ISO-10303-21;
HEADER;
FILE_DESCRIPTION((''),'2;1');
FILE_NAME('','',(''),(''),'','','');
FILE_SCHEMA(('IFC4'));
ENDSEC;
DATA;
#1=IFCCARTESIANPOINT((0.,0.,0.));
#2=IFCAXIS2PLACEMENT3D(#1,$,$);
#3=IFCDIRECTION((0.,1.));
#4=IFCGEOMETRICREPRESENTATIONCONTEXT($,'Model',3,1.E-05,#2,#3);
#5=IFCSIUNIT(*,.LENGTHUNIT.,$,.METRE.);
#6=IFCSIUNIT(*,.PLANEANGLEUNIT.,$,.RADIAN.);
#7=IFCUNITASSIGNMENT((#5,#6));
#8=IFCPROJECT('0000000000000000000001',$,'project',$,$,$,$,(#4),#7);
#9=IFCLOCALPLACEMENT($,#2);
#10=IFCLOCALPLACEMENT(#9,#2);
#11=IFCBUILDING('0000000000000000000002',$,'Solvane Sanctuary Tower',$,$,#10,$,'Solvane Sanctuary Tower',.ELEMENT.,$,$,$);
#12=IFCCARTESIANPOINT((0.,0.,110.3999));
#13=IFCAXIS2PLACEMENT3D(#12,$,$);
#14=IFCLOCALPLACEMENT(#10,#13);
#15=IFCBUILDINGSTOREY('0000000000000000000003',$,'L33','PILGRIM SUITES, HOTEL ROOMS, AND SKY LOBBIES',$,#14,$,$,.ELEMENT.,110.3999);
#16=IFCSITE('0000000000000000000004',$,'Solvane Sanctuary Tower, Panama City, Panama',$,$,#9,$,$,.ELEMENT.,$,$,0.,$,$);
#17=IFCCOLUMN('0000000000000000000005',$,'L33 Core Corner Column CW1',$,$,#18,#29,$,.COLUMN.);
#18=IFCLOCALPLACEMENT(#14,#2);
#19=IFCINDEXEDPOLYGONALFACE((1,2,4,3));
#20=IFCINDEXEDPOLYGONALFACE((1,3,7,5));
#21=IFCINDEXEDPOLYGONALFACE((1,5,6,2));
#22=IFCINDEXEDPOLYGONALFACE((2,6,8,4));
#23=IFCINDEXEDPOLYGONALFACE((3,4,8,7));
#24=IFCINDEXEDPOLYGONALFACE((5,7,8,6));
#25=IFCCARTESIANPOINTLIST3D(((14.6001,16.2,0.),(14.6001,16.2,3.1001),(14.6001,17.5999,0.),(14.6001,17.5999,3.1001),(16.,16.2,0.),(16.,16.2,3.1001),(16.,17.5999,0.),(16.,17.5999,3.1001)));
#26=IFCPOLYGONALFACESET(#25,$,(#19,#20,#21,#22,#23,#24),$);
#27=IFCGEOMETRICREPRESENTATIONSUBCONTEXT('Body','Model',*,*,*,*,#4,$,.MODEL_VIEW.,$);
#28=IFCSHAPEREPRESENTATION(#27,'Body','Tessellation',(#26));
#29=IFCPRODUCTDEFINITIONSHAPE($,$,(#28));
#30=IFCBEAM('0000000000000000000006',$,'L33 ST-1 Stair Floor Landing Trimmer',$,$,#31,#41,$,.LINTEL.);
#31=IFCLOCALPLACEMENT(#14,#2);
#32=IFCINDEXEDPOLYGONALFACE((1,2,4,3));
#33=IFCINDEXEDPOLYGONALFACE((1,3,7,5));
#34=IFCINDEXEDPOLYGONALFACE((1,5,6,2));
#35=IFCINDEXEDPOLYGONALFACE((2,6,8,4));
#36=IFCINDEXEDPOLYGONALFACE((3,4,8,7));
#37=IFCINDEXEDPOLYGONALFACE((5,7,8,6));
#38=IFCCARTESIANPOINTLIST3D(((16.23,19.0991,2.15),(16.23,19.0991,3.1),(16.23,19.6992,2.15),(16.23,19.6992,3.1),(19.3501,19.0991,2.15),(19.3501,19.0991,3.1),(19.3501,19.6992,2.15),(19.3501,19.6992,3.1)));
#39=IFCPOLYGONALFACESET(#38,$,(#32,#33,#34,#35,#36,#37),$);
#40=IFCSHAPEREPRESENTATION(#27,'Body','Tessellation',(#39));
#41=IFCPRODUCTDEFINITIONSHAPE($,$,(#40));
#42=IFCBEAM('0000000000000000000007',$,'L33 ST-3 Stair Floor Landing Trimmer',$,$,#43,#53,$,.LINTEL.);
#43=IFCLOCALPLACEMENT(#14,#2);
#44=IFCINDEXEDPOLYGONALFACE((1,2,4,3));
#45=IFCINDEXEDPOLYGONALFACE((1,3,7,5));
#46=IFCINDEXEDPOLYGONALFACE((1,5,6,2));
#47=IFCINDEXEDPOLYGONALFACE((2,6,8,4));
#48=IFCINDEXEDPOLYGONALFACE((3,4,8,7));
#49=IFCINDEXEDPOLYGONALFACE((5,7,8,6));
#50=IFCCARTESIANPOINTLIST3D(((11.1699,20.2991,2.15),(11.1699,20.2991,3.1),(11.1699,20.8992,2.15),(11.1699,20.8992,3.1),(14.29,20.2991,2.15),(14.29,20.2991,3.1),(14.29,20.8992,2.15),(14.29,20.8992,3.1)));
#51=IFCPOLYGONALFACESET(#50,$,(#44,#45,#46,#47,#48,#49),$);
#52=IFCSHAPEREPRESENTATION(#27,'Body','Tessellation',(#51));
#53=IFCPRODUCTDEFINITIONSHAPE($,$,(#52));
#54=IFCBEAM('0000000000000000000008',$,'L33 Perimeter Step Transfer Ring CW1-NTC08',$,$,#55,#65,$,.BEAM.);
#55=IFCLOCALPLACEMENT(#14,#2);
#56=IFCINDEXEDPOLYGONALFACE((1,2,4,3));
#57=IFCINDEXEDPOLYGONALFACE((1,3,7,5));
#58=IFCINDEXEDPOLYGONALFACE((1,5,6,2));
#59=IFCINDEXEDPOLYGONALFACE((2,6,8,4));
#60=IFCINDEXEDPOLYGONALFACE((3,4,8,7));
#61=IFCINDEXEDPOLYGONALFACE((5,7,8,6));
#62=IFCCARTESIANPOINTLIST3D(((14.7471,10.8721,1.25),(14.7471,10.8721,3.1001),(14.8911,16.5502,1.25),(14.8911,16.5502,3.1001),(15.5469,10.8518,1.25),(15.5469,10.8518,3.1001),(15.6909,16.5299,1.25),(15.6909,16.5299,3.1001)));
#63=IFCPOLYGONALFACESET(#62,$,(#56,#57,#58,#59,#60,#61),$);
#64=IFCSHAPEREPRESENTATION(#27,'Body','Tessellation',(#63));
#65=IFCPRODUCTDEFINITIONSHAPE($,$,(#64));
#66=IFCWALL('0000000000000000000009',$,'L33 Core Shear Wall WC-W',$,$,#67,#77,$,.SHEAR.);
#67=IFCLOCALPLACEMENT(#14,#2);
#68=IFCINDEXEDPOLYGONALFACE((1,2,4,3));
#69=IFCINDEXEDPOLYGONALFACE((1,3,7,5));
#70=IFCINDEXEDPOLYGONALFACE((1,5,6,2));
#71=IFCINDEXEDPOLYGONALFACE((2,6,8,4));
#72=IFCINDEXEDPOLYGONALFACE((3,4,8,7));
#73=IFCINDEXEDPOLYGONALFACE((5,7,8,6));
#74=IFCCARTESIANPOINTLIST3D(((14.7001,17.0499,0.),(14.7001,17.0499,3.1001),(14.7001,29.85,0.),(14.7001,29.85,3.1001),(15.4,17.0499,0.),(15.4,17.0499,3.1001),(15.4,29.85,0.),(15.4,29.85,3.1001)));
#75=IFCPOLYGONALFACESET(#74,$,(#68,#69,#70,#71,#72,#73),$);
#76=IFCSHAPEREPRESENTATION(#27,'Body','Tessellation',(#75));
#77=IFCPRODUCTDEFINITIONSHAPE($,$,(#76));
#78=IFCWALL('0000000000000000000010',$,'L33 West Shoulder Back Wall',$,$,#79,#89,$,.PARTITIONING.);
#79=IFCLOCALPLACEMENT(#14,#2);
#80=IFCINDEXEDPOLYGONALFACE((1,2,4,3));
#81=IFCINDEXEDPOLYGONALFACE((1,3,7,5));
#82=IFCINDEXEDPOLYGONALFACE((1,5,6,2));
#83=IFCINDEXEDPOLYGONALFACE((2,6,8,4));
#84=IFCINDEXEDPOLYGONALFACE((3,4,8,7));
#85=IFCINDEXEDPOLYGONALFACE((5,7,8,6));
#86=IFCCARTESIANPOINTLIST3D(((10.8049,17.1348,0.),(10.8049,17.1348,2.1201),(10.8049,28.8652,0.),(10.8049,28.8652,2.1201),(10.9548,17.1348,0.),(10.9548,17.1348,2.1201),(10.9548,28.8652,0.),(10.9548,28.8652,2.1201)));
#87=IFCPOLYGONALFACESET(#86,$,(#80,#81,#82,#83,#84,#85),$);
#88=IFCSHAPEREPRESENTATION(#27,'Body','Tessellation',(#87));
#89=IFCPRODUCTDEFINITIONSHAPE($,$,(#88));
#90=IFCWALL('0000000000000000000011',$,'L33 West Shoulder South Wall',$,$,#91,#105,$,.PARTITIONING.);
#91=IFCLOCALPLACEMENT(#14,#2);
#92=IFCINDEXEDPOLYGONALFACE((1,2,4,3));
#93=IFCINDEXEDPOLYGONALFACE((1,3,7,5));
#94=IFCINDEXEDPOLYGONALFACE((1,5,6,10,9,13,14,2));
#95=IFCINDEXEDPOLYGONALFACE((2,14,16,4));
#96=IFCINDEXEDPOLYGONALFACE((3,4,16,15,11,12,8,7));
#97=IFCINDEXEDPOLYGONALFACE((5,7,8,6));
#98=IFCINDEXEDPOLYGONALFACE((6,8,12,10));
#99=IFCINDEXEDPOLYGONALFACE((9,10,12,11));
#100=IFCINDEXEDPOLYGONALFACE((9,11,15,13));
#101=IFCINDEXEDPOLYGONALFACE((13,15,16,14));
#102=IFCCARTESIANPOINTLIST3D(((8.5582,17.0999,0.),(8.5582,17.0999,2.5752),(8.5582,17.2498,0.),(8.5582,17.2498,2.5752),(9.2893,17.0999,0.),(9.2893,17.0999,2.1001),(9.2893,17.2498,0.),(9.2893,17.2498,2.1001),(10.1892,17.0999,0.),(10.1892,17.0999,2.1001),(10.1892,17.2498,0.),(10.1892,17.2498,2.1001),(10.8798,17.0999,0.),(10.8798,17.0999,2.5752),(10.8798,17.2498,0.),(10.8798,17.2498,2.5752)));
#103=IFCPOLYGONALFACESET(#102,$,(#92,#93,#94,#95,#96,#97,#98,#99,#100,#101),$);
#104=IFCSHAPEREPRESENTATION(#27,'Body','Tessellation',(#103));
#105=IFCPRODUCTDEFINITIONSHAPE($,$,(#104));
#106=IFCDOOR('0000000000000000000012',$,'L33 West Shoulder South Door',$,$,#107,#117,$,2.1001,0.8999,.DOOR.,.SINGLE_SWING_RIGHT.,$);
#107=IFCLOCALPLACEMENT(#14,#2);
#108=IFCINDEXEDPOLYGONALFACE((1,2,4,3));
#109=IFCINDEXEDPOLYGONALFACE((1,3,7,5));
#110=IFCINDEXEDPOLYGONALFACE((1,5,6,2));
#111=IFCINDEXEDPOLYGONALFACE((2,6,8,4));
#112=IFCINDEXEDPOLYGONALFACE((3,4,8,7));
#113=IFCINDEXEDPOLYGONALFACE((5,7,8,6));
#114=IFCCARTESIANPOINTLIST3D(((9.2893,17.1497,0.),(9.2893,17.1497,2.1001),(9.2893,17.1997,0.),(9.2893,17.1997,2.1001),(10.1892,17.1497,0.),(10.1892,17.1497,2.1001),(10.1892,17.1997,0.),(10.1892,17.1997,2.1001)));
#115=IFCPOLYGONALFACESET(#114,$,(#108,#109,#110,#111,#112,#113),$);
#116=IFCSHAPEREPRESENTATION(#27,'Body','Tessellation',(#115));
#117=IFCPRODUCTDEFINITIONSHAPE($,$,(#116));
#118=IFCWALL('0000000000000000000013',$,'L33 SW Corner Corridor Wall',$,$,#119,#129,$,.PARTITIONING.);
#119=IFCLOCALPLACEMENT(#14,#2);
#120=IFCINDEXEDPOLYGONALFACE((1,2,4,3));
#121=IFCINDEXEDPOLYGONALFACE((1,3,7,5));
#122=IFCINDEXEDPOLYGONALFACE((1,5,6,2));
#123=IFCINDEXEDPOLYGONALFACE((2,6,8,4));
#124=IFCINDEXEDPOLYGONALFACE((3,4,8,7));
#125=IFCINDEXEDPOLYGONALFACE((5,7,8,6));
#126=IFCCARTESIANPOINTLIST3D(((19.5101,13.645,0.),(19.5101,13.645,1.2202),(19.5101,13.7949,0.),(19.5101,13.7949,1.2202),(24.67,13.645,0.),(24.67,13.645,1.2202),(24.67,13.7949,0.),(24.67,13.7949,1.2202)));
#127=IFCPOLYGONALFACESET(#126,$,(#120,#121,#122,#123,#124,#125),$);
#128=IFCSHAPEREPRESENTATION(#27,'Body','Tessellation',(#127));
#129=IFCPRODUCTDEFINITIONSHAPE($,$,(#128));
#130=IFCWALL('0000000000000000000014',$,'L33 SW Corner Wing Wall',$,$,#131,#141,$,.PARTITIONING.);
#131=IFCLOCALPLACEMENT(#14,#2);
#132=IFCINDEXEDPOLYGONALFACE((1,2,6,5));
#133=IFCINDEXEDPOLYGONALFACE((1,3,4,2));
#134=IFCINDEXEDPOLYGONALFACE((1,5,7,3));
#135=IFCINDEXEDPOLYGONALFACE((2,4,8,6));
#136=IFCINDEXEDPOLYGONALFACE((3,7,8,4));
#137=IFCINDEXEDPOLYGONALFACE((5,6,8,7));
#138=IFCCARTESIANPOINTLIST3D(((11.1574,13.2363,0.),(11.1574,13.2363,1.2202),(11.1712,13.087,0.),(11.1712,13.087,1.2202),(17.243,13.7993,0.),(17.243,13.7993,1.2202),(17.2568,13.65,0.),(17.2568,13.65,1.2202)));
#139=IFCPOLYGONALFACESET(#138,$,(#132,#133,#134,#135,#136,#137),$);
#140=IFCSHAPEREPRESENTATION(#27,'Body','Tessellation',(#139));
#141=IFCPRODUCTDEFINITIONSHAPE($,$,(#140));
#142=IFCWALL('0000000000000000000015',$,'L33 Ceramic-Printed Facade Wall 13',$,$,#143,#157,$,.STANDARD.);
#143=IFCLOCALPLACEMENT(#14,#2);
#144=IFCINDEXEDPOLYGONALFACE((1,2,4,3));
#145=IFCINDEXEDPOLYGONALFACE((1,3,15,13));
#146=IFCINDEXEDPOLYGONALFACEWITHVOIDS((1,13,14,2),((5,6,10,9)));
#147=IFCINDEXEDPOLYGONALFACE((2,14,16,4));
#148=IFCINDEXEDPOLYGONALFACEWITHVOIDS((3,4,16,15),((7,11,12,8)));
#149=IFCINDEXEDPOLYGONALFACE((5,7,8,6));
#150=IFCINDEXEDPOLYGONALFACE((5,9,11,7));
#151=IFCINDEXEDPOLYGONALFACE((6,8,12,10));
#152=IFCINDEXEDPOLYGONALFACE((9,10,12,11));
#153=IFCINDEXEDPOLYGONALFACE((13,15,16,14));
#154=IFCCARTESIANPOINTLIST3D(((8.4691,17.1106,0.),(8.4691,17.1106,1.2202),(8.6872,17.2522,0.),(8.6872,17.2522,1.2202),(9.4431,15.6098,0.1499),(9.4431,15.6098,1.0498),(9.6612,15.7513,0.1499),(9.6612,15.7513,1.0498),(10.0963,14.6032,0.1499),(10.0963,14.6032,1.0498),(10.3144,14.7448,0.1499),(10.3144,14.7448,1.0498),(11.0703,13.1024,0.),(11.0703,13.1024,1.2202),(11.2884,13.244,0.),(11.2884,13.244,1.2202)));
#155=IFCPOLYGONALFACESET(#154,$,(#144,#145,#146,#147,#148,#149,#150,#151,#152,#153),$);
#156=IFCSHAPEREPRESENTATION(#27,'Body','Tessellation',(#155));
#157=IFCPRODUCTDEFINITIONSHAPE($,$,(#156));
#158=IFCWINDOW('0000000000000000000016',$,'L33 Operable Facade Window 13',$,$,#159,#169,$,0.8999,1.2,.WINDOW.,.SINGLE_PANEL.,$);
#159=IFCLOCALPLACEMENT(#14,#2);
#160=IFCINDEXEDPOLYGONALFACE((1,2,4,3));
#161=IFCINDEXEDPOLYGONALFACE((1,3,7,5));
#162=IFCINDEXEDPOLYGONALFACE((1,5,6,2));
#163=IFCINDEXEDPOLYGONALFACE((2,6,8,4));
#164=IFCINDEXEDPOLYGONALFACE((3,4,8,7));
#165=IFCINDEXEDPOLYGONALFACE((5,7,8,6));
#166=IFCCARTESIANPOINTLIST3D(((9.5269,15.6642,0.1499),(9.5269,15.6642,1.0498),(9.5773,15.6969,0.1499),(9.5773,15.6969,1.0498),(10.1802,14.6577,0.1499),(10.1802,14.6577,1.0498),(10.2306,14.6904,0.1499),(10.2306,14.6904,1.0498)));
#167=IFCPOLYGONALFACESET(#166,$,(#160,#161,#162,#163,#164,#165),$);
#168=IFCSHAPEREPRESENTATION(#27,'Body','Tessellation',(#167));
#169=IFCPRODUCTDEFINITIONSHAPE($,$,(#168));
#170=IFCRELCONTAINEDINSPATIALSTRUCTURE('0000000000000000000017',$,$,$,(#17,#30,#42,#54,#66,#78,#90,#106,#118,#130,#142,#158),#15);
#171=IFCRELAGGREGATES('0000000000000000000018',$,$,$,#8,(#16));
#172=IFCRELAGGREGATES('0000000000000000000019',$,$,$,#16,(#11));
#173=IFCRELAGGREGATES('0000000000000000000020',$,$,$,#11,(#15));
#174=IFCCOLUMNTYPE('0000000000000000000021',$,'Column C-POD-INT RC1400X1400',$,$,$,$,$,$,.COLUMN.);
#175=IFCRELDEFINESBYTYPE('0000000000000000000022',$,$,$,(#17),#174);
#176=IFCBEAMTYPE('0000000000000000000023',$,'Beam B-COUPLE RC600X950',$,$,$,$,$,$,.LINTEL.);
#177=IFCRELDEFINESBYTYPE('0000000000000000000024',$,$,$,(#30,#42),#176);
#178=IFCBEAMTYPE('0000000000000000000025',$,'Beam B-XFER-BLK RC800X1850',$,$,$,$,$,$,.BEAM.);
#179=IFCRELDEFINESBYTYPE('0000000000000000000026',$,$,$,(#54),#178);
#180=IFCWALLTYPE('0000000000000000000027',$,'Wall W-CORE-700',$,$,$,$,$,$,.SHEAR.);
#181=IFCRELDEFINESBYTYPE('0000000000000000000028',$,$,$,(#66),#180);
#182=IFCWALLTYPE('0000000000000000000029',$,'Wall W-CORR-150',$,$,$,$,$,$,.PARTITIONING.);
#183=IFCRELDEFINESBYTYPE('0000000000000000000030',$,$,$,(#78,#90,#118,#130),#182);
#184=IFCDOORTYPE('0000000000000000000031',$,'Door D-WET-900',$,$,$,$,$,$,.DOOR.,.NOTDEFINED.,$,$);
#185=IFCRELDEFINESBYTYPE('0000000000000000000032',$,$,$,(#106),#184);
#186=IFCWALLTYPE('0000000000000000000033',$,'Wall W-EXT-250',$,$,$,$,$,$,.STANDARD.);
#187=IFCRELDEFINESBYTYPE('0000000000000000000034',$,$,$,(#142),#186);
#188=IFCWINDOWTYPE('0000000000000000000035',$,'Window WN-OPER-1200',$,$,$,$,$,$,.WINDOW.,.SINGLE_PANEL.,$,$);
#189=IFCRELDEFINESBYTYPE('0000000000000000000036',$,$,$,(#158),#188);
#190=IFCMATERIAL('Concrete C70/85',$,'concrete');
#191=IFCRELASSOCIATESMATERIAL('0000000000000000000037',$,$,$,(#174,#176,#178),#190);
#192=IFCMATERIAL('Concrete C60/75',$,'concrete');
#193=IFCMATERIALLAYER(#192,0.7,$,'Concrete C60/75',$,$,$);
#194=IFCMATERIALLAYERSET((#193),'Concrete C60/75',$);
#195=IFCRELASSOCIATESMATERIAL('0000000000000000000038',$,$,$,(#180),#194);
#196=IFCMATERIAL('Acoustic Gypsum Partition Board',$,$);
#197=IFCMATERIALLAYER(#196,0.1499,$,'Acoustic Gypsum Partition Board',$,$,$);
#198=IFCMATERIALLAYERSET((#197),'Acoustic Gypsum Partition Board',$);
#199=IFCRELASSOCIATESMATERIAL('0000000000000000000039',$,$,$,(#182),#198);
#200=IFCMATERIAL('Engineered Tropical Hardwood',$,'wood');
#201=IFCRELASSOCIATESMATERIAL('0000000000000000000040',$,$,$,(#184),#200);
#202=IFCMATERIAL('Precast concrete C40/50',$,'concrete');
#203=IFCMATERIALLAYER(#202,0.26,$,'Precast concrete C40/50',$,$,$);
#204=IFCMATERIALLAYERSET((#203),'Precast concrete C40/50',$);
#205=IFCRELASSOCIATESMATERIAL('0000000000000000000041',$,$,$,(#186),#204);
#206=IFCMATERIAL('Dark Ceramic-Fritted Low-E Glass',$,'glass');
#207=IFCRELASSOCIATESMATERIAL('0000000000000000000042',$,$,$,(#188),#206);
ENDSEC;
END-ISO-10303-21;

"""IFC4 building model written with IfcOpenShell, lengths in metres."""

from ifc_helpers import new_model, si_unit, direction, frame, frame_2d, origin, origin_2d, place, context, subcontext, project, spatial, rectangle, extrude, material, layer, layer_set, material_profile, profile_set, type_object, element, fill, save


model = new_model("IFC4")

# Units and contexts
model_context = context("Model", 3, precision=1e-05, world=origin(), true_north=direction((0.0, 1.0)))
body_context = subcontext(model_context, "Body", "Model", "MODEL_VIEW")
ifc_project = project(units=[si_unit("LENGTHUNIT", "METRE"), si_unit("PLANEANGLEUNIT", "RADIAN")], contexts=[model_context])

# Site, building, storey
site_placement = place(None, origin())
site = spatial("IfcSite", under=ifc_project, at=site_placement, Name="Solvane Sanctuary Tower, Panama City, Panama", CompositionType="ELEMENT", RefElevation=0.0)
building_placement = place(site_placement, origin())
building = spatial("IfcBuilding", under=site, at=building_placement, Name="Solvane Sanctuary Tower", LongName="Solvane Sanctuary Tower", CompositionType="ELEMENT")
storey_placement = place(building_placement, frame((0.0, 0.0, 110.3999)))
storey = spatial("IfcBuildingStorey", under=building, at=storey_placement, Name="L33", Description="PILGRIM SUITES, HOTEL ROOMS, AND SKY LOBBIES", CompositionType="ELEMENT", Elevation=110.3999)

# Column
ifc_material_1 = material(Name="Concrete C70/85", Category="concrete")
ifc_material_profile_1 = material_profile(ifc_material_1, rectangle(XDim=1.3999, YDim=1.3999, at=origin_2d()), Name="RC1400X1400")
ifc_profile_set_1 = profile_set([ifc_material_profile_1], Name="Concrete C70/85")
column_type = type_object("IfcColumnType", Name="Column C-POD-INT RC1400X1400", PredefinedType="COLUMN", material=ifc_profile_set_1)
column_placement = place(storey_placement, frame((15.3, 16.8999, 0.0), z_axis=(0.0, 0.0, 1.0), x_axis=(1.0, 0.0, 0.0)))
element("IfcColumn", 1, at=column_placement, inside=storey, type_object=column_type, Name="L33 Core Corner Column CW1", PredefinedType="COLUMN", context=body_context, shape_type="SweptSolid", body=[
    extrude(rectangle(XDim=1.3999, YDim=1.3999, at=origin_2d()), origin(), (0.0, 0.0, 1.0), 3.1001),
])

# Beams
ifc_material_profile_2 = material_profile(ifc_material_1, rectangle(XDim=0.6001, YDim=0.95, at=origin_2d()), Name="RC600X950")
ifc_profile_set_2 = profile_set([ifc_material_profile_2], Name="Concrete C70/85")
beam_type_1 = type_object("IfcBeamType", Name="Beam B-COUPLE RC600X950", PredefinedType="LINTEL", material=ifc_profile_set_2)
for number, where, z_axis, x_axis, name in (
    (2, (16.23, 19.3992, 2.625), (1.0, 0.0, 0.0), (0.0, 1.0, 0.0), "L33 ST-1 Stair Floor Landing Trimmer"),
    (3, (11.1699, 20.5991, 2.625), (1.0, 0.0, 0.0), (0.0, 1.0, 0.0), "L33 ST-3 Stair Floor Landing Trimmer"),
):
    element("IfcBeam", number, at=place(storey_placement, frame(where, z_axis=z_axis, x_axis=x_axis)), inside=storey, type_object=beam_type_1, Name=name, PredefinedType="LINTEL", context=body_context, shape_type="SweptSolid", body=[
        extrude(rectangle(XDim=0.6001, YDim=0.95, at=origin_2d()), origin(), (0.0, 0.0, 1.0), 3.1201),
    ])
ifc_material_profile_3 = material_profile(ifc_material_1, rectangle(XDim=0.8, YDim=1.8501, at=origin_2d()), Name="RC800X1850")
ifc_profile_set_3 = profile_set([ifc_material_profile_3], Name="Concrete C70/85")
beam_type_2 = type_object("IfcBeamType", Name="Beam B-XFER-BLK RC800X1850", PredefinedType="BEAM", material=ifc_profile_set_3)
beam_placement = place(storey_placement, frame((15.291, 16.54, 2.175), z_axis=(-0.025359, -0.999678, 0.0), x_axis=(0.999678, -0.025359, 0.0)))
element("IfcBeam", 4, at=beam_placement, inside=storey, type_object=beam_type_2, Name="L33 Perimeter Step Transfer Ring CW1-NTC08", PredefinedType="BEAM", context=body_context, shape_type="SweptSolid", body=[
    extrude(rectangle(XDim=0.8, YDim=1.8501, at=origin_2d()), origin(), (0.0, 0.0, 1.0), 5.6799),
])

# Walls
ifc_material_2 = material(Name="Concrete C60/75", Category="concrete")
ifc_layer_1 = layer(ifc_material_2, 0.7, Name="Concrete C60/75")
ifc_layer_set_1 = layer_set([ifc_layer_1], Name="Concrete C60/75")
wall_type_1 = type_object("IfcWallType", Name="Wall W-CORE-700", PredefinedType="SHEAR", material=ifc_layer_set_1)
wall_1_placement = place(storey_placement, frame((15.05, 17.05, 0.0), z_axis=(0.0, 0.0, 1.0), x_axis=(0.0, 1.0, 0.0)))
element("IfcWall", 5, at=wall_1_placement, inside=storey, type_object=wall_type_1, Name="L33 Core Shear Wall WC-W", PredefinedType="SHEAR", context=body_context, shape_type="SweptSolid", body=[
    extrude(rectangle(XDim=12.8, YDim=0.7, at=frame_2d((6.3999, 0.0))), origin(), (0.0, 0.0, 1.0), 3.1001),
])
ifc_material_3 = material(Name="Acoustic Gypsum Partition Board")
ifc_layer_2 = layer(ifc_material_3, 0.1499, Name="Acoustic Gypsum Partition Board")
ifc_layer_set_2 = layer_set([ifc_layer_2], Name="Acoustic Gypsum Partition Board")
wall_type_2 = type_object("IfcWallType", Name="Wall W-CORR-150", PredefinedType="PARTITIONING", material=ifc_layer_set_2)
wall_2_placement = place(storey_placement, frame((10.8799, 17.1348, 0.0), z_axis=(0.0, 0.0, 1.0), x_axis=(0.0, 1.0, 0.0)))
element("IfcWall", 6, at=wall_2_placement, inside=storey, type_object=wall_type_2, Name="L33 West Shoulder Back Wall", PredefinedType="PARTITIONING", context=body_context, shape_type="SweptSolid", body=[
    extrude(rectangle(XDim=11.7305, YDim=0.1499, at=frame_2d((5.8652, 0.0))), origin(), (0.0, 0.0, 1.0), 2.1201),
])

# Wall, opening, door
wall_3_placement = place(storey_placement, frame((8.5583, 17.1748, 0.0), z_axis=(0.0, 0.0, 1.0), x_axis=(1.0, 0.0, 0.0)))
wall_3 = element("IfcWall", 7, at=wall_3_placement, inside=storey, type_object=wall_type_2, Name="L33 West Shoulder South Wall", PredefinedType="PARTITIONING", context=body_context, shape_type="SweptSolid", body=[
    extrude(rectangle(XDim=2.3215, YDim=0.1499, at=frame_2d((1.1606, 0.0))), origin(), (0.0, 0.0, 1.0), 2.5752),
])
opening_1_placement = place(wall_3_placement, frame((0.731, 0.0, 0.0)))
opening_1 = element("IfcOpeningElement", 8, at=opening_1_placement, cuts=wall_3, PredefinedType="OPENING", context=body_context, shape_type="SweptSolid", body=[
    extrude(rectangle(XDim=0.8999, YDim=2.1001, at=frame_2d((0.45, 1.05))), frame((0.0, 0.085, 0.0), z_axis=(0.0, -1.0, 0.0), x_axis=(1.0, 0.0, 0.0)), (0.0, 0.0, 1.0), 0.1699),
])
ifc_material_4 = material(Name="Engineered Tropical Hardwood", Category="wood")
door_type_1 = type_object("IfcDoorType", Name="Door D-WET-900", OperationType="NOTDEFINED", PredefinedType="DOOR", material=ifc_material_4)
door_1_placement = place(opening_1_placement, origin())
door_1 = element("IfcDoor", 9, at=door_1_placement, inside=storey, type_object=door_type_1, Name="L33 West Shoulder South Door", OperationType="SINGLE_SWING_RIGHT", OverallHeight=2.1001, OverallWidth=0.8999, PredefinedType="DOOR", context=body_context, shape_type="SweptSolid", body=[
    extrude(rectangle(XDim=0.8999, YDim=2.1001, at=frame_2d((0.45, 1.05))), frame((0.0, 0.0249, 0.0), z_axis=(0.0, -1.0, 0.0), x_axis=(1.0, 0.0, 0.0)), (0.0, 0.0, 1.0), 0.05),
])
fill(opening_1, door_1)

# Walls
wall_4_placement = place(storey_placement, frame((19.51, 13.72, 0.0), z_axis=(0.0, 0.0, 1.0), x_axis=(1.0, 0.0, 0.0)))
element("IfcWall", 10, at=wall_4_placement, inside=storey, type_object=wall_type_2, Name="L33 SW Corner Corridor Wall", PredefinedType="PARTITIONING", context=body_context, shape_type="SweptSolid", body=[
    extrude(rectangle(XDim=5.1599, YDim=0.1499, at=frame_2d((2.5801, 0.0))), origin(), (0.0, 0.0, 1.0), 1.2202),
])
wall_5_placement = place(storey_placement, frame((17.2498, 13.7246, 0.0), z_axis=(0.0, 0.0, 1.0), x_axis=(-0.995748, -0.092117, 0.0)))
element("IfcWall", 11, at=wall_5_placement, inside=storey, type_object=wall_type_2, Name="L33 SW Corner Wing Wall", PredefinedType="PARTITIONING", context=body_context, shape_type="SweptSolid", body=[
    extrude(rectangle(XDim=6.1116, YDim=0.1499, at=frame_2d((3.0557, 0.0))), origin(), (0.0, 0.0, 1.0), 1.2202),
])

# Wall, opening, window
ifc_material_5 = material(Name="Precast concrete C40/50", Category="concrete")
ifc_layer_3 = layer(ifc_material_5, 0.26, Name="Precast concrete C40/50")
ifc_layer_set_3 = layer_set([ifc_layer_3], Name="Precast concrete C40/50")
wall_type_3 = type_object("IfcWallType", Name="Wall W-EXT-250", PredefinedType="STANDARD", material=ifc_layer_set_3)
wall_6_placement = place(storey_placement, frame((8.5781, 17.1814, 0.0), z_axis=(0.0, 0.0, 1.0), x_axis=(0.544388, -0.838833, 0.0)))
wall_6 = element("IfcWall", 12, at=wall_6_placement, inside=storey, type_object=wall_type_3, Name="L33 Ceramic-Printed Facade Wall 13", PredefinedType="STANDARD", context=body_context, shape_type="SweptSolid", body=[
    extrude(rectangle(XDim=4.7783, YDim=0.26, at=frame_2d((2.3892, 0.0))), origin(), (0.0, 0.0, 1.0), 1.2202),
])
opening_2_placement = place(wall_6_placement, frame((1.7891, 0.0, 0.1499)))
opening_2 = element("IfcOpeningElement", 13, at=opening_2_placement, cuts=wall_6, PredefinedType="OPENING", context=body_context, shape_type="SweptSolid", body=[
    extrude(rectangle(XDim=1.2, YDim=0.8999, at=frame_2d((0.6001, 0.45))), frame((0.0, 0.1399, 0.0), z_axis=(0.0, -1.0, 0.0), x_axis=(1.0, 0.0, 0.0)), (0.0, 0.0, 1.0), 0.28),
])
ifc_material_6 = material(Name="Dark Ceramic-Fritted Low-E Glass", Category="glass")
window_type = type_object("IfcWindowType", Name="Window WN-OPER-1200", PartitioningType="SINGLE_PANEL", PredefinedType="WINDOW", material=ifc_material_6)
window_placement = place(opening_2_placement, origin())
window = element("IfcWindow", 14, at=window_placement, inside=storey, type_object=window_type, Name="L33 Operable Facade Window 13", OverallHeight=0.8999, OverallWidth=1.2, PartitioningType="SINGLE_PANEL", PredefinedType="WINDOW", context=body_context, shape_type="SweptSolid", body=[
    extrude(rectangle(XDim=1.2, YDim=0.8999, at=frame_2d((0.6001, 0.45))), frame((0.0, 0.03, 0.0), z_axis=(0.0, -1.0, 0.0), x_axis=(1.0, 0.0, 0.0)), (0.0, 0.0, 1.0), 0.0601),
])
fill(opening_2, window)

save(model, "model.ifc")
